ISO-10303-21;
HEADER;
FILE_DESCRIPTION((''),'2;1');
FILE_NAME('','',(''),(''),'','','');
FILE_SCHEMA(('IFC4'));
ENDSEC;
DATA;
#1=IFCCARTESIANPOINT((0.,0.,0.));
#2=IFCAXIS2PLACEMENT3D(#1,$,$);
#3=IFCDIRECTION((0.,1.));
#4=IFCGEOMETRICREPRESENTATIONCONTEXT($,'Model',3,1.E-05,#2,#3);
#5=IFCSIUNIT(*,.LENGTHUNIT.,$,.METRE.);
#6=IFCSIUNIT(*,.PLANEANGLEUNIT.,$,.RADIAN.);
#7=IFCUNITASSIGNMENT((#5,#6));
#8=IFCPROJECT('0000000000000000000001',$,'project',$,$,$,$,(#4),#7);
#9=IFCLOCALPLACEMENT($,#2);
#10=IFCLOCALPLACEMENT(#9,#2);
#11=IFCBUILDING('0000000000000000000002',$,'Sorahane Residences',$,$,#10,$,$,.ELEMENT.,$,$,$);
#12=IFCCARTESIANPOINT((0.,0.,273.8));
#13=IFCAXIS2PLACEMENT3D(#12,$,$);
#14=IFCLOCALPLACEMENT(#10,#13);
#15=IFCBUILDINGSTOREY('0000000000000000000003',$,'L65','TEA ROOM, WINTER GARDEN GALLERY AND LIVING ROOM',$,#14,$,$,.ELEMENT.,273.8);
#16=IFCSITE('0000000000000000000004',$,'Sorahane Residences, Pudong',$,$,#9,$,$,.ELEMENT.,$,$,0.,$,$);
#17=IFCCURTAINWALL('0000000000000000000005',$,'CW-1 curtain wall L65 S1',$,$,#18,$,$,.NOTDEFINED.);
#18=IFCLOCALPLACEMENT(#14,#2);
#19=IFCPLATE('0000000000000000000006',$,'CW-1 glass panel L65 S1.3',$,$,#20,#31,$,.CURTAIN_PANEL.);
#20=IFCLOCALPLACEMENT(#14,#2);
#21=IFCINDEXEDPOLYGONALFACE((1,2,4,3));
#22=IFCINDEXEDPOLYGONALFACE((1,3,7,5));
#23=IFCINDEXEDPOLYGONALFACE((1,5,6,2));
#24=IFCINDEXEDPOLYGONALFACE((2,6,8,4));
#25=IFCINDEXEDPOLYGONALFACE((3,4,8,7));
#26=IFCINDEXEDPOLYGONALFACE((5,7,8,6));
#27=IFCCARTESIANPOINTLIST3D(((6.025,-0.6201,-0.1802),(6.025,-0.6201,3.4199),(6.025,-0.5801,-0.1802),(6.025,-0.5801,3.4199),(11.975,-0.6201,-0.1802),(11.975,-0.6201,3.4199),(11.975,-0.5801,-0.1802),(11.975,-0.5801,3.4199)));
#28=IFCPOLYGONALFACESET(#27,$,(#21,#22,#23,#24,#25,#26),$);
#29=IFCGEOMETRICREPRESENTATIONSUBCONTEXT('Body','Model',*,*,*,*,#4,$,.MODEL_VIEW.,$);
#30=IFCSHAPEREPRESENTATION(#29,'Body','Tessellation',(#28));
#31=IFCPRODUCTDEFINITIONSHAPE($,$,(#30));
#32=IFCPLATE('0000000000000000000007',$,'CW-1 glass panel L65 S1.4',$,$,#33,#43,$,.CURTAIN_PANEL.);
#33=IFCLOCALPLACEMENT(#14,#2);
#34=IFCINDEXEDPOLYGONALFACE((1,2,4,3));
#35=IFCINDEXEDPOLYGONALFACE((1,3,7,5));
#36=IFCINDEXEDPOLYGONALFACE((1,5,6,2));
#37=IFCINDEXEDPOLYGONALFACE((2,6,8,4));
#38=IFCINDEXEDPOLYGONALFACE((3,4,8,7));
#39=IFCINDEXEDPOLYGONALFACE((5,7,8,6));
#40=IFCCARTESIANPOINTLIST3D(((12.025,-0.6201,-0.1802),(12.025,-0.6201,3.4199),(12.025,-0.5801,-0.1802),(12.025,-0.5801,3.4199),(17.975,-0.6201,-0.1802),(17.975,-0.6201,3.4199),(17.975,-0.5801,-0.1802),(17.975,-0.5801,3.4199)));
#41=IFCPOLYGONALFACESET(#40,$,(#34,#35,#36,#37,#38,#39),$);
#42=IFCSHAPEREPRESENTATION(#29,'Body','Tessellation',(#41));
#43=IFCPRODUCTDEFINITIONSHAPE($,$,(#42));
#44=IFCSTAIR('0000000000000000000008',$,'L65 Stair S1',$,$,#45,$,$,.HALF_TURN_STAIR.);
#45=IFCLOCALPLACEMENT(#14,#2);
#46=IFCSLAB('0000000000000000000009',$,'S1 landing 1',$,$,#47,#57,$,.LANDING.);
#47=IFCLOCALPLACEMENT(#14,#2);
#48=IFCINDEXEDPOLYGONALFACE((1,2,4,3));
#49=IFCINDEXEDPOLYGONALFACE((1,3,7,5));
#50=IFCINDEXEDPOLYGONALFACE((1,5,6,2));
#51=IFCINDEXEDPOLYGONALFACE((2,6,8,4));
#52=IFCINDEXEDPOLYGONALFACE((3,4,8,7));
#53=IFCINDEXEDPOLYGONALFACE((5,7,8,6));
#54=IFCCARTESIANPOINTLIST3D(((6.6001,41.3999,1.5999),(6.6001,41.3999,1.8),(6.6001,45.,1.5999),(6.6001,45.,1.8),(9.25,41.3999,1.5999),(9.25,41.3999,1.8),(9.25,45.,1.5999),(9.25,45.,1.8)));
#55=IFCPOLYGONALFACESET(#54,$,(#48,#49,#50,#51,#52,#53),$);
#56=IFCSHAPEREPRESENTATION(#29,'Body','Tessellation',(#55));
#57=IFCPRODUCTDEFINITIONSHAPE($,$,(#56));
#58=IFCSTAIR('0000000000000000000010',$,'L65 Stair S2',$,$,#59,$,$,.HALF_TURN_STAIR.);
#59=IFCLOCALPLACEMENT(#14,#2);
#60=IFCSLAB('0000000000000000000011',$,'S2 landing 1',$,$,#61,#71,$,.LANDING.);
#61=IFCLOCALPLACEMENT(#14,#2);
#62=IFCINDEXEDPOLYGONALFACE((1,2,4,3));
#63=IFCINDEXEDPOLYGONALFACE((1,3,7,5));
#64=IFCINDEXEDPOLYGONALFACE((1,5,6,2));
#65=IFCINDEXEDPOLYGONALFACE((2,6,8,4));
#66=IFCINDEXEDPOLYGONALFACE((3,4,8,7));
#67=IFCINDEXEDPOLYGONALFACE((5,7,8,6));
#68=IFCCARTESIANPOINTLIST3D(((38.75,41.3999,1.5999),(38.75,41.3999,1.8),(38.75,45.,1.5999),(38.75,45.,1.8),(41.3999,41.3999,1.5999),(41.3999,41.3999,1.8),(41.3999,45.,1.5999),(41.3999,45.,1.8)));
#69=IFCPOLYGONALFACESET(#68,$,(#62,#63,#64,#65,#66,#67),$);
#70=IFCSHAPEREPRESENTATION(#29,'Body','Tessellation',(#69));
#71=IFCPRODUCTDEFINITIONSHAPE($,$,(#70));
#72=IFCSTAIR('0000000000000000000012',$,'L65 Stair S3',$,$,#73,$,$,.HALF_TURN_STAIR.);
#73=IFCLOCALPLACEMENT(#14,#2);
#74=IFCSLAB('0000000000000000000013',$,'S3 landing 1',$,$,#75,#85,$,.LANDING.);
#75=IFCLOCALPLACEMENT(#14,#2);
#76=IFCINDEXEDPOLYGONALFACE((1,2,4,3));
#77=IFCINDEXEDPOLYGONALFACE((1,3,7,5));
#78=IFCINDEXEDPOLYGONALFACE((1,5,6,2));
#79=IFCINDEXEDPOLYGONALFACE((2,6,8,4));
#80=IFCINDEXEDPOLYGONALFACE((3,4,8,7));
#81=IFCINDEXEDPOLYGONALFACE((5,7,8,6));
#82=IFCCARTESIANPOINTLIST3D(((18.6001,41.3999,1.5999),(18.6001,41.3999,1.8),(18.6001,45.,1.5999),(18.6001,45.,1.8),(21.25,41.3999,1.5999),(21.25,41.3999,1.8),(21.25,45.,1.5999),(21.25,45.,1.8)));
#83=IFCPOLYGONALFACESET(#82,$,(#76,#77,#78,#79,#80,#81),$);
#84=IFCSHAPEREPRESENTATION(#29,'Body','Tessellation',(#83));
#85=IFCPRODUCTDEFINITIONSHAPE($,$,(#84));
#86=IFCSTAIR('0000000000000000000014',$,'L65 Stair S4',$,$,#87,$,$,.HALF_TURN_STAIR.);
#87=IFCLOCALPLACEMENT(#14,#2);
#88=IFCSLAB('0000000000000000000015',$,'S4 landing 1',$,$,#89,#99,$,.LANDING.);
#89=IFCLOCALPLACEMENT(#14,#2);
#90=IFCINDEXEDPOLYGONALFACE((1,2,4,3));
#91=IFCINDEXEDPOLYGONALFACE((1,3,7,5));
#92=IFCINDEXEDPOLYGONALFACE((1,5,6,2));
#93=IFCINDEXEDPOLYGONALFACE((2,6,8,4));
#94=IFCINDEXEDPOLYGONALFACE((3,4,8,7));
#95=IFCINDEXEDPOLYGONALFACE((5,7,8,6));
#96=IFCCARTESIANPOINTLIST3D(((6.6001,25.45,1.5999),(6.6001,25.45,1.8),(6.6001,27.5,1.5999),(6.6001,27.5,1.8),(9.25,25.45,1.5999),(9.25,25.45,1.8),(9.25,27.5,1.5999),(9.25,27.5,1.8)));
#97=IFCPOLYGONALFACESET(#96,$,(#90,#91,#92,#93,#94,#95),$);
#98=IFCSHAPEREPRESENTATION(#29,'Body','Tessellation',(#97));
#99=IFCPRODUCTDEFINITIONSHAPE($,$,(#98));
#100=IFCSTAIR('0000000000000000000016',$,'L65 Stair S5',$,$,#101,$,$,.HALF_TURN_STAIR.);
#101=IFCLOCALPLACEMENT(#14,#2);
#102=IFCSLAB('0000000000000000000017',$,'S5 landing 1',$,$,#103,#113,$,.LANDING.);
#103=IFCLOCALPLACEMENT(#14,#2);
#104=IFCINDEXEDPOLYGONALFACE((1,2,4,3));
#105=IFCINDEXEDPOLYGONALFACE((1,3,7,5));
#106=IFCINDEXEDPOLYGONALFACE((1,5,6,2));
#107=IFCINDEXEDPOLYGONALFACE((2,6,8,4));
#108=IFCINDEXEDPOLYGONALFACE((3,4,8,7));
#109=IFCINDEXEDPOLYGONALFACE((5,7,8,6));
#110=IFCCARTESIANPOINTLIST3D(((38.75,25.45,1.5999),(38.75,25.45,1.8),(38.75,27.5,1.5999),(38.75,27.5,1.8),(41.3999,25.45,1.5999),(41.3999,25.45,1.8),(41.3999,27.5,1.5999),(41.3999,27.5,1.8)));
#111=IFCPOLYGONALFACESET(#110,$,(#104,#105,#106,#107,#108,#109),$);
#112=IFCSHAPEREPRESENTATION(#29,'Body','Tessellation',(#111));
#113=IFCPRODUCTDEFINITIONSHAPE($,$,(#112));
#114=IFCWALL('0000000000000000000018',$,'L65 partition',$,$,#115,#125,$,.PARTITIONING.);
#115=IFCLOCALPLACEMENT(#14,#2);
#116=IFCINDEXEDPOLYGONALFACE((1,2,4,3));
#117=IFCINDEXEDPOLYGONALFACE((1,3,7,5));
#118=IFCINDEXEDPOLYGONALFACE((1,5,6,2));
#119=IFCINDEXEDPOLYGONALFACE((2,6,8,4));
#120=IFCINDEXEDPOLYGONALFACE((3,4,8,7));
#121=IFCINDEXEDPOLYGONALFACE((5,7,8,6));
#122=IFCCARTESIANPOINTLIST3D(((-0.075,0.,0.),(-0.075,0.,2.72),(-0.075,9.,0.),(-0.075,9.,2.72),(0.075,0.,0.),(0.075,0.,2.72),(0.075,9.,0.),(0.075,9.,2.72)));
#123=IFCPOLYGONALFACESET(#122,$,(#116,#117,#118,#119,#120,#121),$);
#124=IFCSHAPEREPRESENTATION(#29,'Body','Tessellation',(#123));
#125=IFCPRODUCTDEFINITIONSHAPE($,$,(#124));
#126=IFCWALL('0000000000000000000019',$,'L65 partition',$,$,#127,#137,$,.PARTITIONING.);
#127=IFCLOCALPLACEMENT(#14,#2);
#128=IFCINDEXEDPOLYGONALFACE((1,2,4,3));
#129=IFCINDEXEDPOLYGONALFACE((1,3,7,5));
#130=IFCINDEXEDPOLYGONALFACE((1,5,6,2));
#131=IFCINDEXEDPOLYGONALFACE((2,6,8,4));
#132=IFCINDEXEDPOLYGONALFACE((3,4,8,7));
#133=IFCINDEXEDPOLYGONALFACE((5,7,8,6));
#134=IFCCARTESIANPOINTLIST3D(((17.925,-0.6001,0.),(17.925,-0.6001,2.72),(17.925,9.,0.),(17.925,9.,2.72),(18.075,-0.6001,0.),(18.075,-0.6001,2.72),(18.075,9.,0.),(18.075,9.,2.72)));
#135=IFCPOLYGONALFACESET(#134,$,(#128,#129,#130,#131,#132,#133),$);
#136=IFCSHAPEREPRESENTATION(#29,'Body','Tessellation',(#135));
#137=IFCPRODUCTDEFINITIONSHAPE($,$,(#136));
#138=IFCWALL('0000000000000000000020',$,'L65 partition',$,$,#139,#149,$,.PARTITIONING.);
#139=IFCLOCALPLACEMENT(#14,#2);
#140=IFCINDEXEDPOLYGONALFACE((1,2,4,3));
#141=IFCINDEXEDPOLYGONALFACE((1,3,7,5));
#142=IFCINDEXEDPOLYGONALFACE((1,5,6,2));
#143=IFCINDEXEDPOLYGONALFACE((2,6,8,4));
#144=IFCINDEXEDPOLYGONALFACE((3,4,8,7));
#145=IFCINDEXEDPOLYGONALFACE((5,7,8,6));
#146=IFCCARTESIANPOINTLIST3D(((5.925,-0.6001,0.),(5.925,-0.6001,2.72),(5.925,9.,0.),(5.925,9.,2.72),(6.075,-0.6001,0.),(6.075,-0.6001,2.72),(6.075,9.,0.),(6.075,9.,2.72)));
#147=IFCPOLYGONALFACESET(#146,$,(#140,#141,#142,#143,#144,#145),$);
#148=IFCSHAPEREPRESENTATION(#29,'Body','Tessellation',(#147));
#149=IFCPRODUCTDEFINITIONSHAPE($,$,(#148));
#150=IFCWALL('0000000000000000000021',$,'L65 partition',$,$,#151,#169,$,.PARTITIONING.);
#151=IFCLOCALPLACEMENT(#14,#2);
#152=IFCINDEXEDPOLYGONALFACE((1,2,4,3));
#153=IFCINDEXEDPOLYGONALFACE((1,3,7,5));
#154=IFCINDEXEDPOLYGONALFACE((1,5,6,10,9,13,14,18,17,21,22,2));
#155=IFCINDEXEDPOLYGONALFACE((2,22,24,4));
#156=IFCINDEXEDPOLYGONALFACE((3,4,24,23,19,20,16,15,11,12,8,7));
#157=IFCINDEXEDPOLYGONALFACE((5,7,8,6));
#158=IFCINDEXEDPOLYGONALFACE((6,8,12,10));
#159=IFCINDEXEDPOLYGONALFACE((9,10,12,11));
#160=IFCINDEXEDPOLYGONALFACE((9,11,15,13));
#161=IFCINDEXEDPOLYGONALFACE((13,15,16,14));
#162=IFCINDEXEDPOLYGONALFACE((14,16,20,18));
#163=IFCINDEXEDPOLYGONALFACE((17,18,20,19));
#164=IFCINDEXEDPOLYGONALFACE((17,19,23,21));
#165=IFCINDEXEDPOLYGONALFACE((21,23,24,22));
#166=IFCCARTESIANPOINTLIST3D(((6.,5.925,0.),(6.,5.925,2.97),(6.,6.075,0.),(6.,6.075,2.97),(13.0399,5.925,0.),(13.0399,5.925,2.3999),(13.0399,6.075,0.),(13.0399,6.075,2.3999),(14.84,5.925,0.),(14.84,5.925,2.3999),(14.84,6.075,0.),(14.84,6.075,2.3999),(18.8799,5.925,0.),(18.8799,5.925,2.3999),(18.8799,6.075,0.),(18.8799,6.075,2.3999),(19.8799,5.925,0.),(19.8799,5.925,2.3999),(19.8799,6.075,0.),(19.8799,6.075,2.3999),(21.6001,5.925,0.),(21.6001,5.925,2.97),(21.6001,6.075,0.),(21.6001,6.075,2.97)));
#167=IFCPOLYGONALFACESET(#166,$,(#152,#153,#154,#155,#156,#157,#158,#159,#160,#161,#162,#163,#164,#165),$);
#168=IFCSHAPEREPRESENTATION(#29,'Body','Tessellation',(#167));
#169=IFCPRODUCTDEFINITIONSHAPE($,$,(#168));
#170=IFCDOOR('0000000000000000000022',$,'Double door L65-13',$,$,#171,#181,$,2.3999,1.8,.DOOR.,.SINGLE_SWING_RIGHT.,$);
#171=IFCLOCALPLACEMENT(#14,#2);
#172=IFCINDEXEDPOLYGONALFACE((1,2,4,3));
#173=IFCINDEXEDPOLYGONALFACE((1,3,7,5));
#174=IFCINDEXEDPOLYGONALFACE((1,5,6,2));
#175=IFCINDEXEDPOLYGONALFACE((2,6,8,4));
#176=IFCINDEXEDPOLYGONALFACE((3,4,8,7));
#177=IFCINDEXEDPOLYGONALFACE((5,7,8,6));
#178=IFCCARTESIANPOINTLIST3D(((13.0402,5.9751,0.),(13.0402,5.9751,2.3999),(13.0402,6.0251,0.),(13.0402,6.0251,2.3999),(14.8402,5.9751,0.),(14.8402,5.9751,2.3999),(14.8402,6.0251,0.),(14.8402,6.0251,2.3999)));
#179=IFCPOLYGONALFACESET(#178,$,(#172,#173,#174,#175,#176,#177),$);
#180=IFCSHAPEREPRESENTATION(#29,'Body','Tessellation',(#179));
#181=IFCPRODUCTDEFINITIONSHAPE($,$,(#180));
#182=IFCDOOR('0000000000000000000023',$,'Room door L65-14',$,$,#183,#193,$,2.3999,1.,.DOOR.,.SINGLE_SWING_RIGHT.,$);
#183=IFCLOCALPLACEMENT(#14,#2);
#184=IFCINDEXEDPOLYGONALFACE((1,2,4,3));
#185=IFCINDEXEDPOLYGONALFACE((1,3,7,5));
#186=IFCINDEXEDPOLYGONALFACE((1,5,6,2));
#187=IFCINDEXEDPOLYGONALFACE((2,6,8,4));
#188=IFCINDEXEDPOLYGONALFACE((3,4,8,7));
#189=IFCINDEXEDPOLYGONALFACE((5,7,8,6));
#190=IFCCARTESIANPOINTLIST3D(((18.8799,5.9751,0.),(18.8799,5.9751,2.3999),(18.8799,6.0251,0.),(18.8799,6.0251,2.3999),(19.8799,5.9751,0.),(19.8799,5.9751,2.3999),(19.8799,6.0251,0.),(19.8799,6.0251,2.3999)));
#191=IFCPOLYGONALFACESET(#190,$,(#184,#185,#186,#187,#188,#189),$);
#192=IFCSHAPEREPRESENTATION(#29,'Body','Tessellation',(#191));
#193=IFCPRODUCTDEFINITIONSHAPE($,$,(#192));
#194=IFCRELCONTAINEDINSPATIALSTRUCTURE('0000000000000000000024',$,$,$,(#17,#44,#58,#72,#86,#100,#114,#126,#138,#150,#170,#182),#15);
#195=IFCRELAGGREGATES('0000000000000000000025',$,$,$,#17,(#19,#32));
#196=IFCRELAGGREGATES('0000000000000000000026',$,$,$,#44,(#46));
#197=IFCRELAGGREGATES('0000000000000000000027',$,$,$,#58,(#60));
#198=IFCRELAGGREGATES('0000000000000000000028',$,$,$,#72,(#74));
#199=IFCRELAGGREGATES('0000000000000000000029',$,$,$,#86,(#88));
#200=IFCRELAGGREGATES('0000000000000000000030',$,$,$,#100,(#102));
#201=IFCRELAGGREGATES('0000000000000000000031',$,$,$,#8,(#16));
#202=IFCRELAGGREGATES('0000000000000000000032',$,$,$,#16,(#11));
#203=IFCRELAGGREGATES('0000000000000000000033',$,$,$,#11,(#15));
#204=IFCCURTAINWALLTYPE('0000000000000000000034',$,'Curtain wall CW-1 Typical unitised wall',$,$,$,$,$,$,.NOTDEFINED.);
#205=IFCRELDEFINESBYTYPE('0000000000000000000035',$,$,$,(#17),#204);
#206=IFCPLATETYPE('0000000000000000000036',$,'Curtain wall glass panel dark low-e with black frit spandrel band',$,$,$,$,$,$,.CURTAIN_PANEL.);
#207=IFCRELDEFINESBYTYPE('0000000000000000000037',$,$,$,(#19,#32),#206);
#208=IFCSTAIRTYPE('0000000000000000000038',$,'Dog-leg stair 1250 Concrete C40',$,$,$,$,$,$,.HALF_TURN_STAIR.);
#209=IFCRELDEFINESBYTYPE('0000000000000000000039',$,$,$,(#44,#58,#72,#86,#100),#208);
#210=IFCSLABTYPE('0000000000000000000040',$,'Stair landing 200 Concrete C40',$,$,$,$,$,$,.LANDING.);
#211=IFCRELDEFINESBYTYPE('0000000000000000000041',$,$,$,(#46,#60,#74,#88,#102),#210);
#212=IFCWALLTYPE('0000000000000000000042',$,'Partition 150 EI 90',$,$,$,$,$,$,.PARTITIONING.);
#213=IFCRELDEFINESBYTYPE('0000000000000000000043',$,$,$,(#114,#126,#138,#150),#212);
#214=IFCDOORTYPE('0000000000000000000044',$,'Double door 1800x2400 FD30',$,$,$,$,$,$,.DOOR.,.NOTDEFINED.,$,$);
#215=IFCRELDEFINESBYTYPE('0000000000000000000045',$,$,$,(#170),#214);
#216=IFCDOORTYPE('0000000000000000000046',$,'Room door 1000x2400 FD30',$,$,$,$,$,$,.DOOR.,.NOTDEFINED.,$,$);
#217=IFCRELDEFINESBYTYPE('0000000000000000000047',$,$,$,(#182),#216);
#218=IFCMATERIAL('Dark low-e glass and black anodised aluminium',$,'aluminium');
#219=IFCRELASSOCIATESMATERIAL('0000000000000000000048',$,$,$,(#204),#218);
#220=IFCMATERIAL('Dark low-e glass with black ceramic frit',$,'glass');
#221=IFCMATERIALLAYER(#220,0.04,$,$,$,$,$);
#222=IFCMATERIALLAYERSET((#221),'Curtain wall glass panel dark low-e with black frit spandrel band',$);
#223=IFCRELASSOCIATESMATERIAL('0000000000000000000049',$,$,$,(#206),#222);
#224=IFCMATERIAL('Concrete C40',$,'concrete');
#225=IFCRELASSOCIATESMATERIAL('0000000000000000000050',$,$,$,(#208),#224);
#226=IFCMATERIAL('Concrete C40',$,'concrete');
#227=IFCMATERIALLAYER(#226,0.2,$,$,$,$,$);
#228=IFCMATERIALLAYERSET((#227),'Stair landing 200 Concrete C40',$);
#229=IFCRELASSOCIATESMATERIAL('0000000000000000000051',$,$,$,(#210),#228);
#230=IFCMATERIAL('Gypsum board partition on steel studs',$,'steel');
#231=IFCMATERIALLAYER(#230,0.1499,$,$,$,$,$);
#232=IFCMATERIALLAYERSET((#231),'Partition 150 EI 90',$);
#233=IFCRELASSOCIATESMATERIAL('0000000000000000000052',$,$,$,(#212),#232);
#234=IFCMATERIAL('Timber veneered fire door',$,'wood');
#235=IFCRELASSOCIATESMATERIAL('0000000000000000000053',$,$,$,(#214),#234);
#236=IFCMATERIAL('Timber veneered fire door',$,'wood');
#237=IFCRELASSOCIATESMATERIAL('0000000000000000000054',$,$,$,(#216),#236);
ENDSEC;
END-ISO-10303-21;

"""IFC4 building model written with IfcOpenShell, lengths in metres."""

from ifc_helpers import new_model, si_unit, direction, frame, frame_2d, origin, origin_2d, place, context, subcontext, project, spatial, polyline, rectangle, outline, extrude, material, layer, layer_set, type_object, element, fill, aggregate, save


model = new_model("IFC4")

# Units and contexts
model_context = context("Model", 3, precision=1e-05, world=origin(), true_north=direction((0.0, 1.0)))
body_context = subcontext(model_context, "Body", "Model", "MODEL_VIEW")
ifc_project = project(units=[si_unit("LENGTHUNIT", "METRE"), si_unit("PLANEANGLEUNIT", "RADIAN")], contexts=[model_context])

# Site, building, storey
site_placement = place(None, origin())
site = spatial("IfcSite", under=ifc_project, at=site_placement, Name="Sorahane Residences, Pudong", CompositionType="ELEMENT", RefElevation=0.0)
building_placement = place(site_placement, origin())
building = spatial("IfcBuilding", under=site, at=building_placement, Name="Sorahane Residences", CompositionType="ELEMENT")
storey_placement = place(building_placement, frame((0.0, 0.0, 273.8)))
storey = spatial("IfcBuildingStorey", under=building, at=storey_placement, Name="L65", Description="TEA ROOM, WINTER GARDEN GALLERY AND LIVING ROOM", CompositionType="ELEMENT", Elevation=273.8)

# Curtain wall
ifc_material_1 = material(Name="Dark low-e glass and black anodised aluminium", Category="aluminium")
curtain_wall_type = type_object("IfcCurtainWallType", Name="Curtain wall CW-1 Typical unitised wall", PredefinedType="NOTDEFINED", material=ifc_material_1)
curtain_wall_placement = place(storey_placement, origin())
curtain_wall = element("IfcCurtainWall", 1, at=curtain_wall_placement, inside=storey, type_object=curtain_wall_type, Name="CW-1 curtain wall L65 S1", PredefinedType="NOTDEFINED")

# Plates
ifc_material_2 = material(Name="Dark low-e glass with black ceramic frit", Category="glass")
ifc_layer_1 = layer(ifc_material_2, 0.04)
ifc_layer_set_1 = layer_set([ifc_layer_1], Name="Curtain wall glass panel dark low-e with black frit spandrel band")
plate_type = type_object("IfcPlateType", Name="Curtain wall glass panel dark low-e with black frit spandrel band", PredefinedType="CURTAIN_PANEL", material=ifc_layer_set_1)
plate_1_placement = place(storey_placement, frame((9.0, -0.6001, -0.1802), z_axis=(0.0, 0.0, 1.0), x_axis=(1.0, 0.0, 0.0)))
plate_1 = element("IfcPlate", 2, at=plate_1_placement, type_object=plate_type, Name="CW-1 glass panel L65 S1.3", PredefinedType="CURTAIN_PANEL", context=body_context, shape_type="SweptSolid", body=[
    extrude(rectangle(XDim=5.95, YDim=0.04, at=origin_2d()), origin(), (0.0, 0.0, 1.0), 3.6001),
])
plate_2_placement = place(storey_placement, frame((15.0, -0.6001, -0.1802), z_axis=(0.0, 0.0, 1.0), x_axis=(1.0, 0.0, 0.0)))
plate_2 = element("IfcPlate", 3, at=plate_2_placement, type_object=plate_type, Name="CW-1 glass panel L65 S1.4", PredefinedType="CURTAIN_PANEL", context=body_context, shape_type="SweptSolid", body=[
    extrude(rectangle(XDim=5.95, YDim=0.04, at=origin_2d()), origin(), (0.0, 0.0, 1.0), 3.6001),
])
aggregate(curtain_wall, [plate_1, plate_2])

# Stairs, slabs
ifc_material_3 = material(Name="Concrete C40", Category="concrete")
stair_type = type_object("IfcStairType", Name="Dog-leg stair 1250 Concrete C40", PredefinedType="HALF_TURN_STAIR", material=ifc_material_3)
stair_1_placement = place(storey_placement, origin())
stair_1 = element("IfcStair", 4, at=stair_1_placement, inside=storey, type_object=stair_type, Name="L65 Stair S1", PredefinedType="HALF_TURN_STAIR")
ifc_material_4 = material(Name="Concrete C40", Category="concrete")
ifc_layer_2 = layer(ifc_material_4, 0.2)
ifc_layer_set_2 = layer_set([ifc_layer_2], Name="Stair landing 200 Concrete C40")
slab_type_1 = type_object("IfcSlabType", Name="Stair landing 200 Concrete C40", PredefinedType="LANDING", material=ifc_layer_set_2)
slab_1_placement = place(storey_placement, frame((0.0, 0.0, 1.5999)))
slab_1 = element("IfcSlab", 5, at=slab_1_placement, type_object=slab_type_1, Name="S1 landing 1", PredefinedType="LANDING", context=body_context, shape_type="SweptSolid", body=[
    extrude(outline(polyline([(9.25, 41.3999), (9.25, 45.0), (6.6001, 45.0), (6.6001, 41.3999), (9.25, 41.3999)])), origin(), (0.0, 0.0, 1.0), 0.2002),
])
aggregate(stair_1, [slab_1])
stair_2_placement = place(storey_placement, origin())
stair_2 = element("IfcStair", 6, at=stair_2_placement, inside=storey, type_object=stair_type, Name="L65 Stair S2", PredefinedType="HALF_TURN_STAIR")
slab_2_placement = place(storey_placement, frame((0.0, 0.0, 1.5999)))
slab_2 = element("IfcSlab", 7, at=slab_2_placement, type_object=slab_type_1, Name="S2 landing 1", PredefinedType="LANDING", context=body_context, shape_type="SweptSolid", body=[
    extrude(outline(polyline([(41.3999, 41.3999), (41.3999, 45.0), (38.75, 45.0), (38.75, 41.3999), (41.3999, 41.3999)])), origin(), (0.0, 0.0, 1.0), 0.2002),
])
aggregate(stair_2, [slab_2])
stair_3_placement = place(storey_placement, origin())
stair_3 = element("IfcStair", 8, at=stair_3_placement, inside=storey, type_object=stair_type, Name="L65 Stair S3", PredefinedType="HALF_TURN_STAIR")
slab_3_placement = place(storey_placement, frame((0.0, 0.0, 1.5999)))
slab_3 = element("IfcSlab", 9, at=slab_3_placement, type_object=slab_type_1, Name="S3 landing 1", PredefinedType="LANDING", context=body_context, shape_type="SweptSolid", body=[
    extrude(outline(polyline([(21.25, 41.3999), (21.25, 45.0), (18.6001, 45.0), (18.6001, 41.3999), (21.25, 41.3999)])), origin(), (0.0, 0.0, 1.0), 0.2002),
])
aggregate(stair_3, [slab_3])
stair_4_placement = place(storey_placement, origin())
stair_4 = element("IfcStair", 10, at=stair_4_placement, inside=storey, type_object=stair_type, Name="L65 Stair S4", PredefinedType="HALF_TURN_STAIR")
slab_4_placement = place(storey_placement, frame((0.0, 0.0, 1.5999)))
slab_4 = element("IfcSlab", 11, at=slab_4_placement, type_object=slab_type_1, Name="S4 landing 1", PredefinedType="LANDING", context=body_context, shape_type="SweptSolid", body=[
    extrude(outline(polyline([(9.25, 25.45), (9.25, 27.5), (6.6001, 27.5), (6.6001, 25.45), (9.25, 25.45)])), origin(), (0.0, 0.0, 1.0), 0.2002),
])
aggregate(stair_4, [slab_4])
stair_5_placement = place(storey_placement, origin())
stair_5 = element("IfcStair", 12, at=stair_5_placement, inside=storey, type_object=stair_type, Name="L65 Stair S5", PredefinedType="HALF_TURN_STAIR")
slab_5_placement = place(storey_placement, frame((0.0, 0.0, 1.5999)))
slab_5 = element("IfcSlab", 13, at=slab_5_placement, type_object=slab_type_1, Name="S5 landing 1", PredefinedType="LANDING", context=body_context, shape_type="SweptSolid", body=[
    extrude(outline(polyline([(41.3999, 25.45), (41.3999, 27.5), (38.75, 27.5), (38.75, 25.45), (41.3999, 25.45)])), origin(), (0.0, 0.0, 1.0), 0.2002),
])
aggregate(stair_5, [slab_5])

# Walls
ifc_material_5 = material(Name="Gypsum board partition on steel studs", Category="steel")
ifc_layer_3 = layer(ifc_material_5, 0.1499)
ifc_layer_set_3 = layer_set([ifc_layer_3], Name="Partition 150 EI 90")
wall_type = type_object("IfcWallType", Name="Partition 150 EI 90", PredefinedType="PARTITIONING", material=ifc_layer_set_3)
wall_1_placement = place(storey_placement, frame((0.0, 0.0, 0.0), z_axis=(0.0, 0.0, 1.0), x_axis=(0.0, 1.0, 0.0)))
element("IfcWall", 14, at=wall_1_placement, inside=storey, type_object=wall_type, Name="L65 partition", PredefinedType="PARTITIONING", context=body_context, shape_type="SweptSolid", body=[
    extrude(rectangle(XDim=9.0, YDim=0.1499, at=frame_2d((4.5, 0.0))), origin(), (0.0, 0.0, 1.0), 2.72),
])
for number, where, z_axis, x_axis, name in (
    (15, (18.0, -0.6001, 0.0), (0.0, 0.0, 1.0), (0.0, 1.0, 0.0), "L65 partition"),
    (16, (6.0, -0.6001, 0.0), (0.0, 0.0, 1.0), (0.0, 1.0, 0.0), "L65 partition"),
):
    element("IfcWall", number, at=place(storey_placement, frame(where, z_axis=z_axis, x_axis=x_axis)), inside=storey, type_object=wall_type, Name=name, PredefinedType="PARTITIONING", context=body_context, shape_type="SweptSolid", body=[
        extrude(rectangle(XDim=9.6001, YDim=0.1499, at=frame_2d((4.8, 0.0))), origin(), (0.0, 0.0, 1.0), 2.72),
    ])

# Wall, openings, doors
wall_2_placement = place(storey_placement, frame((6.0, 6.0, 0.0), z_axis=(0.0, 0.0, 1.0), x_axis=(1.0, 0.0, 0.0)))
wall_2 = element("IfcWall", 17, at=wall_2_placement, inside=storey, type_object=wall_type, Name="L65 partition", PredefinedType="PARTITIONING", context=body_context, shape_type="SweptSolid", body=[
    extrude(rectangle(XDim=15.6001, YDim=0.1499, at=frame_2d((7.8, 0.0))), origin(), (0.0, 0.0, 1.0), 2.97),
])
opening_1_placement = place(wall_2_placement, frame((7.04, 0.0, 0.0)))
opening_1 = element("IfcOpeningElement", 18, at=opening_1_placement, cuts=wall_2, PredefinedType="OPENING", context=body_context, shape_type="SweptSolid", body=[
    extrude(rectangle(XDim=1.8, YDim=2.3999, at=frame_2d((0.8999, 1.2))), frame((0.0, 0.085, 0.0), z_axis=(0.0, -1.0, 0.0), x_axis=(1.0, 0.0, 0.0)), (0.0, 0.0, 1.0), 0.1699),
])
opening_2_placement = place(wall_2_placement, frame((12.8799, 0.0, 0.0)))
opening_2 = element("IfcOpeningElement", 19, at=opening_2_placement, cuts=wall_2, PredefinedType="OPENING", context=body_context, shape_type="SweptSolid", body=[
    extrude(rectangle(XDim=1.0, YDim=2.3999, at=frame_2d((0.5, 1.2))), frame((0.0, 0.085, 0.0), z_axis=(0.0, -1.0, 0.0), x_axis=(1.0, 0.0, 0.0)), (0.0, 0.0, 1.0), 0.1699),
])
ifc_material_6 = material(Name="Timber veneered fire door", Category="wood")
door_type_1 = type_object("IfcDoorType", Name="Double door 1800x2400 FD30", OperationType="NOTDEFINED", PredefinedType="DOOR", material=ifc_material_6)
door_1_placement = place(opening_1_placement, frame((1.8, 0.0, 0.0), z_axis=(0.0, 0.0, 1.0), x_axis=(-1.0, 0.0, 0.0)))
door_1 = element("IfcDoor", 20, at=door_1_placement, inside=storey, type_object=door_type_1, Name="Double door L65-13", OperationType="SINGLE_SWING_RIGHT", OverallHeight=2.3999, OverallWidth=1.8, PredefinedType="DOOR", context=body_context, shape_type="SweptSolid", body=[
    extrude(rectangle(XDim=1.8, YDim=2.3999, at=frame_2d((0.8999, 1.2))), frame((0.0, 0.0249, 0.0), z_axis=(0.0, -1.0, 0.0), x_axis=(1.0, 0.0, 0.0)), (0.0, 0.0, 1.0), 0.05),
])
fill(opening_1, door_1)
ifc_material_7 = material(Name="Timber veneered fire door", Category="wood")
door_type_2 = type_object("IfcDoorType", Name="Room door 1000x2400 FD30", OperationType="NOTDEFINED", PredefinedType="DOOR", material=ifc_material_7)
door_2_placement = place(opening_2_placement, frame((1.0, 0.0, 0.0), z_axis=(0.0, 0.0, 1.0), x_axis=(-1.0, 0.0, 0.0)))
door_2 = element("IfcDoor", 21, at=door_2_placement, inside=storey, type_object=door_type_2, Name="Room door L65-14", OperationType="SINGLE_SWING_RIGHT", OverallHeight=2.3999, OverallWidth=1.0, PredefinedType="DOOR", context=body_context, shape_type="SweptSolid", body=[
    extrude(rectangle(XDim=1.0, YDim=2.3999, at=frame_2d((0.5, 1.2))), frame((0.0, 0.0249, 0.0), z_axis=(0.0, -1.0, 0.0), x_axis=(1.0, 0.0, 0.0)), (0.0, 0.0, 1.0), 0.05),
])
fill(opening_2, door_2)

save(model, "model.ifc")
